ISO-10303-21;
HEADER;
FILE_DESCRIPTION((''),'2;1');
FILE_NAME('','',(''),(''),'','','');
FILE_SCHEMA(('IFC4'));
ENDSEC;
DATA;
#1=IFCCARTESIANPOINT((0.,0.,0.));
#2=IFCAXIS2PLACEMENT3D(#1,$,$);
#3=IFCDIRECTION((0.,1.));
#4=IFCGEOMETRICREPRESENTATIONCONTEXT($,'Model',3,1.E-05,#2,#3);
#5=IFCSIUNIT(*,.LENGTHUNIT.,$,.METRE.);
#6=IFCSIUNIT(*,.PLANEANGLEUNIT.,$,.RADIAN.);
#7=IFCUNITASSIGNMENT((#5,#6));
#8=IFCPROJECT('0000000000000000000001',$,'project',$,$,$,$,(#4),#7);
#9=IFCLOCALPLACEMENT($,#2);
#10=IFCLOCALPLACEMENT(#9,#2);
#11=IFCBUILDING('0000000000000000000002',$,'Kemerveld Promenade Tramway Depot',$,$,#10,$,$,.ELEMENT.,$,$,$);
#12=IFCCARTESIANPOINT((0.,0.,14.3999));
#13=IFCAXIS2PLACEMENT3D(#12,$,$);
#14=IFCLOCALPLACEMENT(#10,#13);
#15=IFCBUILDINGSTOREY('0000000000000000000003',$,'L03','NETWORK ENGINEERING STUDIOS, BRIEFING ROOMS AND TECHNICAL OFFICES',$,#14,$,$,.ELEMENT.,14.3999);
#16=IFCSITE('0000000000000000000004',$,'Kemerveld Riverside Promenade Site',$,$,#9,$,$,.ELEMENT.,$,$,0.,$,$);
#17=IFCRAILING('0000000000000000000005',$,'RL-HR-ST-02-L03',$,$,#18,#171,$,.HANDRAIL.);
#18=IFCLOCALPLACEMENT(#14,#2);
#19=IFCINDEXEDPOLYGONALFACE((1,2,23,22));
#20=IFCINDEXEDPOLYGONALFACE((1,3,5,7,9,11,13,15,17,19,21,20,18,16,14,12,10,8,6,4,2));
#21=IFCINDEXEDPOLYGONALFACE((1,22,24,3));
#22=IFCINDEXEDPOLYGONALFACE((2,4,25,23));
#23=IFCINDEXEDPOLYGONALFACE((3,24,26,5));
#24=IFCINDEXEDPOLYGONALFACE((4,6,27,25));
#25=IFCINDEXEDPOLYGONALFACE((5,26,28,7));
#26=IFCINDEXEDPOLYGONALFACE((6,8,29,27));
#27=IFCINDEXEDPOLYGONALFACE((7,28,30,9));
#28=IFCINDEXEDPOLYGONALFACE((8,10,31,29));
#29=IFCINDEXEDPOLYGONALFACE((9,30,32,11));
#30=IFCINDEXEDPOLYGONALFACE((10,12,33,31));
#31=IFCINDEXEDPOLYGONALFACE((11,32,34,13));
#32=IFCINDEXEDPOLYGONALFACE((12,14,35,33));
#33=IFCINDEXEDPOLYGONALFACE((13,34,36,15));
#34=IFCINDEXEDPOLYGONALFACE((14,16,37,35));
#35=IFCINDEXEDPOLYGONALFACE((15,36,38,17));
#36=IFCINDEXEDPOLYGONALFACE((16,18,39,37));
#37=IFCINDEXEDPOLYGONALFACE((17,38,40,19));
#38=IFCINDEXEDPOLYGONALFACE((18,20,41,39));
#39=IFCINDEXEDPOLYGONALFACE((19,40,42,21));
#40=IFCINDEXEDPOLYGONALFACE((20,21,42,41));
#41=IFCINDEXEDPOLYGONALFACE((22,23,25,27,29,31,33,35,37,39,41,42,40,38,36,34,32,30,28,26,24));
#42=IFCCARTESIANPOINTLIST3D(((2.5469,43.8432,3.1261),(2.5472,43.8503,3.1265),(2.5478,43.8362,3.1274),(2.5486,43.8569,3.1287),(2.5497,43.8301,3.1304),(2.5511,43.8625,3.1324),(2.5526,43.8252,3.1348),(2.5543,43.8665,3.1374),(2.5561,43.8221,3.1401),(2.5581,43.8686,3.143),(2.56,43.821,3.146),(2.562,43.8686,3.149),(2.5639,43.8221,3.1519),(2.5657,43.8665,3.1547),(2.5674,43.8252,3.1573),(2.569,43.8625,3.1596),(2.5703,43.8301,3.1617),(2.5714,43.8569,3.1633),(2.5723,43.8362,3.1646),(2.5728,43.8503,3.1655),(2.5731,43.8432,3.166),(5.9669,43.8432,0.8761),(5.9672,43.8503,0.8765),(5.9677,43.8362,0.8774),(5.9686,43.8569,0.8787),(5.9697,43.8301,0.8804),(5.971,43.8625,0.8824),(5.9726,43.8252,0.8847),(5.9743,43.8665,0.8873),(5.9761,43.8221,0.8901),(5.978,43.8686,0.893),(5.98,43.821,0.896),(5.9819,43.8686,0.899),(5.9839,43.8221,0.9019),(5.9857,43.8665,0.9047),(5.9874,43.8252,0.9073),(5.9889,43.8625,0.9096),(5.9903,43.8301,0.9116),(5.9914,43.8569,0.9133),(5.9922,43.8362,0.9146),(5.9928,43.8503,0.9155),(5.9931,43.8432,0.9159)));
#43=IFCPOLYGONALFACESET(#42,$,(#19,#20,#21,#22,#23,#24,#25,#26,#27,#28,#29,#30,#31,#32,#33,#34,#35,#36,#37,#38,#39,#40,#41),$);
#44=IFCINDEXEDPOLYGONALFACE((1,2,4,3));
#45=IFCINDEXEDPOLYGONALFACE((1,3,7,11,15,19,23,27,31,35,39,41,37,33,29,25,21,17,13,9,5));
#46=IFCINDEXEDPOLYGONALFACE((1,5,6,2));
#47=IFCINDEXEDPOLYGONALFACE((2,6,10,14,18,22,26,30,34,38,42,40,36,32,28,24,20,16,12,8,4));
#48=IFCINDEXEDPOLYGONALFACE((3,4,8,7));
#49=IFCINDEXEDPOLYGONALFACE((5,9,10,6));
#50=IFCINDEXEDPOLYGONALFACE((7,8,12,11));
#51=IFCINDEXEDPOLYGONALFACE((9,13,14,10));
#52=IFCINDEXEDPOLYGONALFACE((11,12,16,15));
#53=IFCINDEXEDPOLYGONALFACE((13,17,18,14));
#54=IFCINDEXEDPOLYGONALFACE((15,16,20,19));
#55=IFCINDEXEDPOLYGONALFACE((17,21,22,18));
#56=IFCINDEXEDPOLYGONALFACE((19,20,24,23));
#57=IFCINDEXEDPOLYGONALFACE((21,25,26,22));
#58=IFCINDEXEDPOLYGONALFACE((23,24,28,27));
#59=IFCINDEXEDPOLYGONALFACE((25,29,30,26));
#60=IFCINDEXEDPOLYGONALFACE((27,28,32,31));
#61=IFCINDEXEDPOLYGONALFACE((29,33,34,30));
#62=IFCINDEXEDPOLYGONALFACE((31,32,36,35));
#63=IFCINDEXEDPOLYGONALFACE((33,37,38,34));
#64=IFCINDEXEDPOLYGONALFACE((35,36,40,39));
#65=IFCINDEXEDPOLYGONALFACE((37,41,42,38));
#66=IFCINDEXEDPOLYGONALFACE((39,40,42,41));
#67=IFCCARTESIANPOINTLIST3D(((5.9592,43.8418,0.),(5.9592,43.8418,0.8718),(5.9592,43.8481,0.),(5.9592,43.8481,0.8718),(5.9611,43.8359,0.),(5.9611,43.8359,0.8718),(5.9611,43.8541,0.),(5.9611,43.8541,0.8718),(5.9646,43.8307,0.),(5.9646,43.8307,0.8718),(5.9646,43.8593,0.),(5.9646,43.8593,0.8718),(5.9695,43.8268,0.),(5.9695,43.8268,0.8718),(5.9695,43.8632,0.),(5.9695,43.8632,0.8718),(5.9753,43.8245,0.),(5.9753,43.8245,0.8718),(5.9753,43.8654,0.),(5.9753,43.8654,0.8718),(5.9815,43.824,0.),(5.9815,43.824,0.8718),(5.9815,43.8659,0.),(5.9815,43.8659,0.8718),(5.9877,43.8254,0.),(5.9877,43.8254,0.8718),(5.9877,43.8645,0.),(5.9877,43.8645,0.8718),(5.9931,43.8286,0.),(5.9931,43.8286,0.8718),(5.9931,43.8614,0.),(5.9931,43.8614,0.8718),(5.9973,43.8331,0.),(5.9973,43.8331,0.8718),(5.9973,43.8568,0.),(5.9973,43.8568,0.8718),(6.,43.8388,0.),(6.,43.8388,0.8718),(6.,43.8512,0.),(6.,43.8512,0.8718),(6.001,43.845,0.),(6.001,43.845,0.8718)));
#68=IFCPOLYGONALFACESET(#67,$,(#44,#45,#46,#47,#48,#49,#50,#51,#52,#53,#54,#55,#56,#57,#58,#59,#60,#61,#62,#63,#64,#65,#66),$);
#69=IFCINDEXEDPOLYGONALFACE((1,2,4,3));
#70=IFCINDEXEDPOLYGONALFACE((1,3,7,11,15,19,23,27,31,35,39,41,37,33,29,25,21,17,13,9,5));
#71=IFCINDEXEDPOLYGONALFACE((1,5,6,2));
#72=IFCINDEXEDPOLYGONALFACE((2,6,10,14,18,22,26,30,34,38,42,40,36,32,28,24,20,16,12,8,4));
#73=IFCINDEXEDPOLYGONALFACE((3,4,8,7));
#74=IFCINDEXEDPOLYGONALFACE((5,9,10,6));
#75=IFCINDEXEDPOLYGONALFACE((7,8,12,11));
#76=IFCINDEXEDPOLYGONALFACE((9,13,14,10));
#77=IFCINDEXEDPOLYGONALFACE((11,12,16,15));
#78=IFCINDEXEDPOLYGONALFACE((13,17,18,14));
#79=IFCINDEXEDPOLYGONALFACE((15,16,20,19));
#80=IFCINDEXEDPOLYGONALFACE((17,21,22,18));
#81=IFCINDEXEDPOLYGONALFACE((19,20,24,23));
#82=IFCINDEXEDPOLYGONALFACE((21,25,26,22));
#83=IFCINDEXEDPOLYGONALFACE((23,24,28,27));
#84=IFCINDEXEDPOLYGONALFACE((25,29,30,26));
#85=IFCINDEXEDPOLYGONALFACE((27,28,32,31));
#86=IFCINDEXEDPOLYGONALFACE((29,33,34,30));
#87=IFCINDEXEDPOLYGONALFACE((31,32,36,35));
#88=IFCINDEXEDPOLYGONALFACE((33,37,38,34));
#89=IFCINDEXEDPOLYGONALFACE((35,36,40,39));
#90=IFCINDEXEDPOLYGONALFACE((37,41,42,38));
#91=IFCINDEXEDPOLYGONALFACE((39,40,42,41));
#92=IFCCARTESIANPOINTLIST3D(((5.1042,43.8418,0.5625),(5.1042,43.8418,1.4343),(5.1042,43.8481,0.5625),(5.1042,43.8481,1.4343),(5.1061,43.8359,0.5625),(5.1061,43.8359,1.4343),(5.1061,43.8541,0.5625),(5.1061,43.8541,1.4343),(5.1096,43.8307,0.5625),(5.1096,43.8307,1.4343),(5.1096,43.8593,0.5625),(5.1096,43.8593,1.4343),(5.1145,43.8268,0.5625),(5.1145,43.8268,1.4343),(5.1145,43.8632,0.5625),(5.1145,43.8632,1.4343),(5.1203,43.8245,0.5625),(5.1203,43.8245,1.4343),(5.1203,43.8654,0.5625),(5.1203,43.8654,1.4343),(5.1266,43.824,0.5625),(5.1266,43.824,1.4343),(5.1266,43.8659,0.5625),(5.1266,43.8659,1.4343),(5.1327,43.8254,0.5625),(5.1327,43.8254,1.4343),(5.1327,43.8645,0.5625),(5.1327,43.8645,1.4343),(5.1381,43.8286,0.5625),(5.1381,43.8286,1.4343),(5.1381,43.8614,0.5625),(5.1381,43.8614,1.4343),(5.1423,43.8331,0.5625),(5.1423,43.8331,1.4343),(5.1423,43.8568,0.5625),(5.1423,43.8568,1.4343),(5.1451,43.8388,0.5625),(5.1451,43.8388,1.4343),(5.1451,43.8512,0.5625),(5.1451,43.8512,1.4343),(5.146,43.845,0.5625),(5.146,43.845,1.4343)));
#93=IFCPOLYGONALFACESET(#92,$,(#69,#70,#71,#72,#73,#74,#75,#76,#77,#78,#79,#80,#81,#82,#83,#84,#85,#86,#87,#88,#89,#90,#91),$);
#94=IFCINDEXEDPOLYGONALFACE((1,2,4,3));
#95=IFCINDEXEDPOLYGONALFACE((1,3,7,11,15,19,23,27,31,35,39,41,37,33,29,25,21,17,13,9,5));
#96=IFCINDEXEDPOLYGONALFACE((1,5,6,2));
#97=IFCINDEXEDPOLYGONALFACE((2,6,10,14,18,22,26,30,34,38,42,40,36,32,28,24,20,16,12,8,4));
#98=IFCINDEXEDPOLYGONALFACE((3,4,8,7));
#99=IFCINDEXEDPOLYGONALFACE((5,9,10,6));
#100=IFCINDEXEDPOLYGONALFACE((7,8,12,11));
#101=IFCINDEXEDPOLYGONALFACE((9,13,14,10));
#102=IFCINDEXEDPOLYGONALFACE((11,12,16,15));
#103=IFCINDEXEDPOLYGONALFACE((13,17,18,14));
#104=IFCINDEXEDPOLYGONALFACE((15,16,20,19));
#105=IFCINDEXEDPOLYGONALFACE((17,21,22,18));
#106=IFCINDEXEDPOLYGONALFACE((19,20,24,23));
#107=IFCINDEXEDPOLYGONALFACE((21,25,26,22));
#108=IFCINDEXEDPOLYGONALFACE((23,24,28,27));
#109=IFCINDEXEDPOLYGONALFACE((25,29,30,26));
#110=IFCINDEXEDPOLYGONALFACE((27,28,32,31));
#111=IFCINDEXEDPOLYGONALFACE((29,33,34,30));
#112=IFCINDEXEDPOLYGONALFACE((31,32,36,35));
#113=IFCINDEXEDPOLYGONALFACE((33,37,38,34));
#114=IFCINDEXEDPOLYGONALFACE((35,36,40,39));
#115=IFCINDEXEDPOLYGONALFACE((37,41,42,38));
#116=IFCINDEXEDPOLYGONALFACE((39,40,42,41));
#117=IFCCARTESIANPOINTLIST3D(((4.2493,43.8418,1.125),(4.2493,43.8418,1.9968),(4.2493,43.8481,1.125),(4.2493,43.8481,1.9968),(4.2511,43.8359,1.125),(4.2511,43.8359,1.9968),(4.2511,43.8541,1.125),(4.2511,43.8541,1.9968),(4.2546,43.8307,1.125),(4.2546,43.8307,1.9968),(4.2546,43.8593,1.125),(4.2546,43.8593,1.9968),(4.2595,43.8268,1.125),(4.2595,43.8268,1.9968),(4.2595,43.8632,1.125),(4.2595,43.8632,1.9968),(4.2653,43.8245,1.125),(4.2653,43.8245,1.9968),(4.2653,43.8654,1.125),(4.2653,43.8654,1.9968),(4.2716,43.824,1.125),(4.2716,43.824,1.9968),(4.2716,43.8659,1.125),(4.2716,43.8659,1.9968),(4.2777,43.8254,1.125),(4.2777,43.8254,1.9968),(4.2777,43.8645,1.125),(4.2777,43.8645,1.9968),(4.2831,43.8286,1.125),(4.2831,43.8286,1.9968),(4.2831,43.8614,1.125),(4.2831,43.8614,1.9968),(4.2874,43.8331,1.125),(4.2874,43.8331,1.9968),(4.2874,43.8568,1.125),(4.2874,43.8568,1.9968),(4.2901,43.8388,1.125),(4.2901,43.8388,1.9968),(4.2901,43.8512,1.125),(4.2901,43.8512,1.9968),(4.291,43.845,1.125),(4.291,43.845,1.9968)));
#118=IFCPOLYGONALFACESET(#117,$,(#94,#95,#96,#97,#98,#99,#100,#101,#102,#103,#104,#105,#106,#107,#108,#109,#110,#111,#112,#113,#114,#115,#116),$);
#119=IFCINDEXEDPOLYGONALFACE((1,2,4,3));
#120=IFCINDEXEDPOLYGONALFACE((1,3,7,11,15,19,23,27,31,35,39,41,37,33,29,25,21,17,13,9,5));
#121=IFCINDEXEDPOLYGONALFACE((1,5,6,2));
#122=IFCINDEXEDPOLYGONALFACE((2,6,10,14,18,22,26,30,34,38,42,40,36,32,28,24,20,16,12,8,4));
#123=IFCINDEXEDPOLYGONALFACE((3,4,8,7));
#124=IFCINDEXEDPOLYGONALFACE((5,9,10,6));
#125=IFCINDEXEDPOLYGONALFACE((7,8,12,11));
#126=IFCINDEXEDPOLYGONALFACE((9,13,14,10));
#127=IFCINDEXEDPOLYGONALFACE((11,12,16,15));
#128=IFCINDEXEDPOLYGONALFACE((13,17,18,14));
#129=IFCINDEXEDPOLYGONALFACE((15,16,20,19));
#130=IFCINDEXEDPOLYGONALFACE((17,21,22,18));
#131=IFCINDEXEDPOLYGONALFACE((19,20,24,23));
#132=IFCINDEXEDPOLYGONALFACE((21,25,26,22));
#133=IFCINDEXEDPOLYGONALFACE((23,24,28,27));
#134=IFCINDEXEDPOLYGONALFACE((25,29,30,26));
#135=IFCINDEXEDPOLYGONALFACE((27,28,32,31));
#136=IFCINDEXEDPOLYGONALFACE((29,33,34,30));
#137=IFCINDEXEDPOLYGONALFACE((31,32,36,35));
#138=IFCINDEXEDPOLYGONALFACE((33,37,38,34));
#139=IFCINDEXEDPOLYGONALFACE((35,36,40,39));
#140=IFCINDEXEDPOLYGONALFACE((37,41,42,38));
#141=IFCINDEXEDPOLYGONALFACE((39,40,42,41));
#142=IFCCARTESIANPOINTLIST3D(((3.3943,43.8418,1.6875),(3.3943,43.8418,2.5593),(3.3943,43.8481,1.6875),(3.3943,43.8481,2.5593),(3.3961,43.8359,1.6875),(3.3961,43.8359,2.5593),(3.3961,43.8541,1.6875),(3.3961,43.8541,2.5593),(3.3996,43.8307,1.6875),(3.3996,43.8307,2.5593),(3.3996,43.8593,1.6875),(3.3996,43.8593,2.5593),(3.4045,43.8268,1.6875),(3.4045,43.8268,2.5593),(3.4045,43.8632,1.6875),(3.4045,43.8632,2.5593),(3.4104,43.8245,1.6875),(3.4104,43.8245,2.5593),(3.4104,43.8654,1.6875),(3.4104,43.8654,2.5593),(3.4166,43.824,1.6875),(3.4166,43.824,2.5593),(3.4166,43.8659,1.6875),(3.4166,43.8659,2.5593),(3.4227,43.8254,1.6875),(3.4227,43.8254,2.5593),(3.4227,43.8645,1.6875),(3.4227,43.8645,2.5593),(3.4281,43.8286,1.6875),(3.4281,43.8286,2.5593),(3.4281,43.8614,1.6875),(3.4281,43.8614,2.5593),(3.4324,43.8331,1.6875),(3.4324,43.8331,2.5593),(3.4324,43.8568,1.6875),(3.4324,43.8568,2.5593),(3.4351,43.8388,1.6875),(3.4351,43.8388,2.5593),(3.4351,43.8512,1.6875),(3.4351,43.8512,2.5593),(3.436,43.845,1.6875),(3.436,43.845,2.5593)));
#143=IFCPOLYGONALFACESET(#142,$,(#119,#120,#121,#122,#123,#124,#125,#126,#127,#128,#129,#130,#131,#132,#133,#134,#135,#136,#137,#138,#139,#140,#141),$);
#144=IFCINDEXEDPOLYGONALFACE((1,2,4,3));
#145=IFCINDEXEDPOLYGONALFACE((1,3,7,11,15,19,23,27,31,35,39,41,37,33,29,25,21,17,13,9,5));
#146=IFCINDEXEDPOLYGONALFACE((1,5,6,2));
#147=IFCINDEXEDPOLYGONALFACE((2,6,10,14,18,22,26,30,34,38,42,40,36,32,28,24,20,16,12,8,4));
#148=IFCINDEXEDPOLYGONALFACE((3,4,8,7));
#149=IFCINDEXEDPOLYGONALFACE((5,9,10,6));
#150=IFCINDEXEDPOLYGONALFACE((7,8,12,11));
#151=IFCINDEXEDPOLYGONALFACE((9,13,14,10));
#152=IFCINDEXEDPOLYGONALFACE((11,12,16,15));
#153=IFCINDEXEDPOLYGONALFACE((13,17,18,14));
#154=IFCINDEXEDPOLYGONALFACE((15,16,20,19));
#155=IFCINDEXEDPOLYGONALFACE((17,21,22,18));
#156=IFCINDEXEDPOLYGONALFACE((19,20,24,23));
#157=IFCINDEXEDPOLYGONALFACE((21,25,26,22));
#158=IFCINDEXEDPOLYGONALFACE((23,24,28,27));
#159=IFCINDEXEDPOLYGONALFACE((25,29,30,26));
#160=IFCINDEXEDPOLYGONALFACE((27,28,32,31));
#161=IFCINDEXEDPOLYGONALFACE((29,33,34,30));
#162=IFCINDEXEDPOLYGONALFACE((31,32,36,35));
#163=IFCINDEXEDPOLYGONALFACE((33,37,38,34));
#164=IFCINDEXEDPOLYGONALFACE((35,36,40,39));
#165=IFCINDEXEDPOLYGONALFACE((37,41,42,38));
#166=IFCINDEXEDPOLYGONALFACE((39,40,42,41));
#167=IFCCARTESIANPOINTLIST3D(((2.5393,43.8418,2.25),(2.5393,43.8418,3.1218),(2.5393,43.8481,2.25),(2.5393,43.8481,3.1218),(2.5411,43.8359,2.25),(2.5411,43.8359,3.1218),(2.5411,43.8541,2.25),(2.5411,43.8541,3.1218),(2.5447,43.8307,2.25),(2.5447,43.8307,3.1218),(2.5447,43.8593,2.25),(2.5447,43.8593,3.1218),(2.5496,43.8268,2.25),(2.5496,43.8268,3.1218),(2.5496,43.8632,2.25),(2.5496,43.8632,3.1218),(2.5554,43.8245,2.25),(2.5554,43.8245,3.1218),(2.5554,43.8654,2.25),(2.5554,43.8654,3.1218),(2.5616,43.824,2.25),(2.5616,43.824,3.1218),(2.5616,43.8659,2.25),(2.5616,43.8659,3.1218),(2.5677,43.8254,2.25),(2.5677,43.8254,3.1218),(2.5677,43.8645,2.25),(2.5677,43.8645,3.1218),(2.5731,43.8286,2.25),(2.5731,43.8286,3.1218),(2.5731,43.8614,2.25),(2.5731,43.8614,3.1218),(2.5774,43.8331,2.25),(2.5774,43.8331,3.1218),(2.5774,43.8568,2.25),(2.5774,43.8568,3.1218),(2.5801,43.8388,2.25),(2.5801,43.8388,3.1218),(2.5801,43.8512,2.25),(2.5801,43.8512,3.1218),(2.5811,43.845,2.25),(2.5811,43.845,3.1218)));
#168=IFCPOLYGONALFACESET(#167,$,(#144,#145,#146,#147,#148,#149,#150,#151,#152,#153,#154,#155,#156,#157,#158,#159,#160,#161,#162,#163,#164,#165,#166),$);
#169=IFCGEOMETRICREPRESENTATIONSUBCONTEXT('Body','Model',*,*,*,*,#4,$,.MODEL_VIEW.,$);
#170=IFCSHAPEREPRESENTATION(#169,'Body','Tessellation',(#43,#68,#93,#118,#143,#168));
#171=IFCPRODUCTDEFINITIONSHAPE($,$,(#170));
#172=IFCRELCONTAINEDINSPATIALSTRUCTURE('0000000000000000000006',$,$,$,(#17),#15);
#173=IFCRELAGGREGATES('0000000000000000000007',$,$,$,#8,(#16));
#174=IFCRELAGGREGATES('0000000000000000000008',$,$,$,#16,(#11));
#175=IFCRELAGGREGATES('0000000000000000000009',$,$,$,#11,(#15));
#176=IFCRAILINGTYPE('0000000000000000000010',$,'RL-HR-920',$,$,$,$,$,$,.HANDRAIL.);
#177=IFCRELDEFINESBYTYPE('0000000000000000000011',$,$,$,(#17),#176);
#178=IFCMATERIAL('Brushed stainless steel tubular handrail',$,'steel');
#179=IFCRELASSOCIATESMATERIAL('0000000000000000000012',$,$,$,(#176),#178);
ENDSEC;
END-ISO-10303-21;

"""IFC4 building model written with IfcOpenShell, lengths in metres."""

from ifc_helpers import new_model, si_unit, direction, frame, origin, origin_2d, place, context, subcontext, project, spatial, circle, extrude, material, type_object, element, save


model = new_model("IFC4")

# Units and contexts
model_context = context("Model", 3, precision=1e-05, world=origin(), true_north=direction((0.0, 1.0)))
body_context = subcontext(model_context, "Body", "Model", "MODEL_VIEW")
ifc_project = project(units=[si_unit("LENGTHUNIT", "METRE"), si_unit("PLANEANGLEUNIT", "RADIAN")], contexts=[model_context])

# Site, building, storey
site_placement = place(None, origin())
site = spatial("IfcSite", under=ifc_project, at=site_placement, Name="Kemerveld Riverside Promenade Site", CompositionType="ELEMENT", RefElevation=0.0)
building_placement = place(site_placement, origin())
building = spatial("IfcBuilding", under=site, at=building_placement, Name="Kemerveld Promenade Tramway Depot", CompositionType="ELEMENT")
storey_placement = place(building_placement, frame((0.0, 0.0, 14.3999)))
storey = spatial("IfcBuildingStorey", under=building, at=storey_placement, Name="L03", Description="NETWORK ENGINEERING STUDIOS, BRIEFING ROOMS AND TECHNICAL OFFICES", CompositionType="ELEMENT", Elevation=14.3999)

# Railing
ifc_material_1 = material(Name="Brushed stainless steel tubular handrail", Category="steel")
railing_type_1 = type_object("IfcRailingType", Name="RL-HR-920", PredefinedType="HANDRAIL", material=ifc_material_1)
railing_1_placement = place(storey_placement, frame((5.98, 43.845, 0.0)))
element("IfcRailing", 1, at=railing_1_placement, inside=storey, type_object=railing_type_1, Name="RL-HR-ST-02-L03", PredefinedType="HANDRAIL", context=body_context, shape_type="SweptSolid", body=[
    extrude(circle(Radius=0.0239, at=origin_2d()), frame((0.0, 0.0, 0.896), z_axis=(-0.835411, 0.0, 0.549625), x_axis=(0.0, -1.0, 0.0)), (0.0, 0.0, 1.0), 4.0938),
    extrude(circle(Radius=0.021, at=origin_2d()), origin(), (0.0, 0.0, 1.0), 0.8718),
    extrude(circle(Radius=0.021, at=origin_2d()), frame((-0.855, 0.0, 0.5625)), (0.0, 0.0, 1.0), 0.8718),
    extrude(circle(Radius=0.021, at=origin_2d()), frame((-1.71, 0.0, 1.125)), (0.0, 0.0, 1.0), 0.8718),
    extrude(circle(Radius=0.021, at=origin_2d()), frame((-2.5649, 0.0, 1.6875)), (0.0, 0.0, 1.0), 0.8718),
    extrude(circle(Radius=0.021, at=origin_2d()), frame((-3.4199, 0.0, 2.25)), (0.0, 0.0, 1.0), 0.8718),
])

save(model, "model.ifc")
